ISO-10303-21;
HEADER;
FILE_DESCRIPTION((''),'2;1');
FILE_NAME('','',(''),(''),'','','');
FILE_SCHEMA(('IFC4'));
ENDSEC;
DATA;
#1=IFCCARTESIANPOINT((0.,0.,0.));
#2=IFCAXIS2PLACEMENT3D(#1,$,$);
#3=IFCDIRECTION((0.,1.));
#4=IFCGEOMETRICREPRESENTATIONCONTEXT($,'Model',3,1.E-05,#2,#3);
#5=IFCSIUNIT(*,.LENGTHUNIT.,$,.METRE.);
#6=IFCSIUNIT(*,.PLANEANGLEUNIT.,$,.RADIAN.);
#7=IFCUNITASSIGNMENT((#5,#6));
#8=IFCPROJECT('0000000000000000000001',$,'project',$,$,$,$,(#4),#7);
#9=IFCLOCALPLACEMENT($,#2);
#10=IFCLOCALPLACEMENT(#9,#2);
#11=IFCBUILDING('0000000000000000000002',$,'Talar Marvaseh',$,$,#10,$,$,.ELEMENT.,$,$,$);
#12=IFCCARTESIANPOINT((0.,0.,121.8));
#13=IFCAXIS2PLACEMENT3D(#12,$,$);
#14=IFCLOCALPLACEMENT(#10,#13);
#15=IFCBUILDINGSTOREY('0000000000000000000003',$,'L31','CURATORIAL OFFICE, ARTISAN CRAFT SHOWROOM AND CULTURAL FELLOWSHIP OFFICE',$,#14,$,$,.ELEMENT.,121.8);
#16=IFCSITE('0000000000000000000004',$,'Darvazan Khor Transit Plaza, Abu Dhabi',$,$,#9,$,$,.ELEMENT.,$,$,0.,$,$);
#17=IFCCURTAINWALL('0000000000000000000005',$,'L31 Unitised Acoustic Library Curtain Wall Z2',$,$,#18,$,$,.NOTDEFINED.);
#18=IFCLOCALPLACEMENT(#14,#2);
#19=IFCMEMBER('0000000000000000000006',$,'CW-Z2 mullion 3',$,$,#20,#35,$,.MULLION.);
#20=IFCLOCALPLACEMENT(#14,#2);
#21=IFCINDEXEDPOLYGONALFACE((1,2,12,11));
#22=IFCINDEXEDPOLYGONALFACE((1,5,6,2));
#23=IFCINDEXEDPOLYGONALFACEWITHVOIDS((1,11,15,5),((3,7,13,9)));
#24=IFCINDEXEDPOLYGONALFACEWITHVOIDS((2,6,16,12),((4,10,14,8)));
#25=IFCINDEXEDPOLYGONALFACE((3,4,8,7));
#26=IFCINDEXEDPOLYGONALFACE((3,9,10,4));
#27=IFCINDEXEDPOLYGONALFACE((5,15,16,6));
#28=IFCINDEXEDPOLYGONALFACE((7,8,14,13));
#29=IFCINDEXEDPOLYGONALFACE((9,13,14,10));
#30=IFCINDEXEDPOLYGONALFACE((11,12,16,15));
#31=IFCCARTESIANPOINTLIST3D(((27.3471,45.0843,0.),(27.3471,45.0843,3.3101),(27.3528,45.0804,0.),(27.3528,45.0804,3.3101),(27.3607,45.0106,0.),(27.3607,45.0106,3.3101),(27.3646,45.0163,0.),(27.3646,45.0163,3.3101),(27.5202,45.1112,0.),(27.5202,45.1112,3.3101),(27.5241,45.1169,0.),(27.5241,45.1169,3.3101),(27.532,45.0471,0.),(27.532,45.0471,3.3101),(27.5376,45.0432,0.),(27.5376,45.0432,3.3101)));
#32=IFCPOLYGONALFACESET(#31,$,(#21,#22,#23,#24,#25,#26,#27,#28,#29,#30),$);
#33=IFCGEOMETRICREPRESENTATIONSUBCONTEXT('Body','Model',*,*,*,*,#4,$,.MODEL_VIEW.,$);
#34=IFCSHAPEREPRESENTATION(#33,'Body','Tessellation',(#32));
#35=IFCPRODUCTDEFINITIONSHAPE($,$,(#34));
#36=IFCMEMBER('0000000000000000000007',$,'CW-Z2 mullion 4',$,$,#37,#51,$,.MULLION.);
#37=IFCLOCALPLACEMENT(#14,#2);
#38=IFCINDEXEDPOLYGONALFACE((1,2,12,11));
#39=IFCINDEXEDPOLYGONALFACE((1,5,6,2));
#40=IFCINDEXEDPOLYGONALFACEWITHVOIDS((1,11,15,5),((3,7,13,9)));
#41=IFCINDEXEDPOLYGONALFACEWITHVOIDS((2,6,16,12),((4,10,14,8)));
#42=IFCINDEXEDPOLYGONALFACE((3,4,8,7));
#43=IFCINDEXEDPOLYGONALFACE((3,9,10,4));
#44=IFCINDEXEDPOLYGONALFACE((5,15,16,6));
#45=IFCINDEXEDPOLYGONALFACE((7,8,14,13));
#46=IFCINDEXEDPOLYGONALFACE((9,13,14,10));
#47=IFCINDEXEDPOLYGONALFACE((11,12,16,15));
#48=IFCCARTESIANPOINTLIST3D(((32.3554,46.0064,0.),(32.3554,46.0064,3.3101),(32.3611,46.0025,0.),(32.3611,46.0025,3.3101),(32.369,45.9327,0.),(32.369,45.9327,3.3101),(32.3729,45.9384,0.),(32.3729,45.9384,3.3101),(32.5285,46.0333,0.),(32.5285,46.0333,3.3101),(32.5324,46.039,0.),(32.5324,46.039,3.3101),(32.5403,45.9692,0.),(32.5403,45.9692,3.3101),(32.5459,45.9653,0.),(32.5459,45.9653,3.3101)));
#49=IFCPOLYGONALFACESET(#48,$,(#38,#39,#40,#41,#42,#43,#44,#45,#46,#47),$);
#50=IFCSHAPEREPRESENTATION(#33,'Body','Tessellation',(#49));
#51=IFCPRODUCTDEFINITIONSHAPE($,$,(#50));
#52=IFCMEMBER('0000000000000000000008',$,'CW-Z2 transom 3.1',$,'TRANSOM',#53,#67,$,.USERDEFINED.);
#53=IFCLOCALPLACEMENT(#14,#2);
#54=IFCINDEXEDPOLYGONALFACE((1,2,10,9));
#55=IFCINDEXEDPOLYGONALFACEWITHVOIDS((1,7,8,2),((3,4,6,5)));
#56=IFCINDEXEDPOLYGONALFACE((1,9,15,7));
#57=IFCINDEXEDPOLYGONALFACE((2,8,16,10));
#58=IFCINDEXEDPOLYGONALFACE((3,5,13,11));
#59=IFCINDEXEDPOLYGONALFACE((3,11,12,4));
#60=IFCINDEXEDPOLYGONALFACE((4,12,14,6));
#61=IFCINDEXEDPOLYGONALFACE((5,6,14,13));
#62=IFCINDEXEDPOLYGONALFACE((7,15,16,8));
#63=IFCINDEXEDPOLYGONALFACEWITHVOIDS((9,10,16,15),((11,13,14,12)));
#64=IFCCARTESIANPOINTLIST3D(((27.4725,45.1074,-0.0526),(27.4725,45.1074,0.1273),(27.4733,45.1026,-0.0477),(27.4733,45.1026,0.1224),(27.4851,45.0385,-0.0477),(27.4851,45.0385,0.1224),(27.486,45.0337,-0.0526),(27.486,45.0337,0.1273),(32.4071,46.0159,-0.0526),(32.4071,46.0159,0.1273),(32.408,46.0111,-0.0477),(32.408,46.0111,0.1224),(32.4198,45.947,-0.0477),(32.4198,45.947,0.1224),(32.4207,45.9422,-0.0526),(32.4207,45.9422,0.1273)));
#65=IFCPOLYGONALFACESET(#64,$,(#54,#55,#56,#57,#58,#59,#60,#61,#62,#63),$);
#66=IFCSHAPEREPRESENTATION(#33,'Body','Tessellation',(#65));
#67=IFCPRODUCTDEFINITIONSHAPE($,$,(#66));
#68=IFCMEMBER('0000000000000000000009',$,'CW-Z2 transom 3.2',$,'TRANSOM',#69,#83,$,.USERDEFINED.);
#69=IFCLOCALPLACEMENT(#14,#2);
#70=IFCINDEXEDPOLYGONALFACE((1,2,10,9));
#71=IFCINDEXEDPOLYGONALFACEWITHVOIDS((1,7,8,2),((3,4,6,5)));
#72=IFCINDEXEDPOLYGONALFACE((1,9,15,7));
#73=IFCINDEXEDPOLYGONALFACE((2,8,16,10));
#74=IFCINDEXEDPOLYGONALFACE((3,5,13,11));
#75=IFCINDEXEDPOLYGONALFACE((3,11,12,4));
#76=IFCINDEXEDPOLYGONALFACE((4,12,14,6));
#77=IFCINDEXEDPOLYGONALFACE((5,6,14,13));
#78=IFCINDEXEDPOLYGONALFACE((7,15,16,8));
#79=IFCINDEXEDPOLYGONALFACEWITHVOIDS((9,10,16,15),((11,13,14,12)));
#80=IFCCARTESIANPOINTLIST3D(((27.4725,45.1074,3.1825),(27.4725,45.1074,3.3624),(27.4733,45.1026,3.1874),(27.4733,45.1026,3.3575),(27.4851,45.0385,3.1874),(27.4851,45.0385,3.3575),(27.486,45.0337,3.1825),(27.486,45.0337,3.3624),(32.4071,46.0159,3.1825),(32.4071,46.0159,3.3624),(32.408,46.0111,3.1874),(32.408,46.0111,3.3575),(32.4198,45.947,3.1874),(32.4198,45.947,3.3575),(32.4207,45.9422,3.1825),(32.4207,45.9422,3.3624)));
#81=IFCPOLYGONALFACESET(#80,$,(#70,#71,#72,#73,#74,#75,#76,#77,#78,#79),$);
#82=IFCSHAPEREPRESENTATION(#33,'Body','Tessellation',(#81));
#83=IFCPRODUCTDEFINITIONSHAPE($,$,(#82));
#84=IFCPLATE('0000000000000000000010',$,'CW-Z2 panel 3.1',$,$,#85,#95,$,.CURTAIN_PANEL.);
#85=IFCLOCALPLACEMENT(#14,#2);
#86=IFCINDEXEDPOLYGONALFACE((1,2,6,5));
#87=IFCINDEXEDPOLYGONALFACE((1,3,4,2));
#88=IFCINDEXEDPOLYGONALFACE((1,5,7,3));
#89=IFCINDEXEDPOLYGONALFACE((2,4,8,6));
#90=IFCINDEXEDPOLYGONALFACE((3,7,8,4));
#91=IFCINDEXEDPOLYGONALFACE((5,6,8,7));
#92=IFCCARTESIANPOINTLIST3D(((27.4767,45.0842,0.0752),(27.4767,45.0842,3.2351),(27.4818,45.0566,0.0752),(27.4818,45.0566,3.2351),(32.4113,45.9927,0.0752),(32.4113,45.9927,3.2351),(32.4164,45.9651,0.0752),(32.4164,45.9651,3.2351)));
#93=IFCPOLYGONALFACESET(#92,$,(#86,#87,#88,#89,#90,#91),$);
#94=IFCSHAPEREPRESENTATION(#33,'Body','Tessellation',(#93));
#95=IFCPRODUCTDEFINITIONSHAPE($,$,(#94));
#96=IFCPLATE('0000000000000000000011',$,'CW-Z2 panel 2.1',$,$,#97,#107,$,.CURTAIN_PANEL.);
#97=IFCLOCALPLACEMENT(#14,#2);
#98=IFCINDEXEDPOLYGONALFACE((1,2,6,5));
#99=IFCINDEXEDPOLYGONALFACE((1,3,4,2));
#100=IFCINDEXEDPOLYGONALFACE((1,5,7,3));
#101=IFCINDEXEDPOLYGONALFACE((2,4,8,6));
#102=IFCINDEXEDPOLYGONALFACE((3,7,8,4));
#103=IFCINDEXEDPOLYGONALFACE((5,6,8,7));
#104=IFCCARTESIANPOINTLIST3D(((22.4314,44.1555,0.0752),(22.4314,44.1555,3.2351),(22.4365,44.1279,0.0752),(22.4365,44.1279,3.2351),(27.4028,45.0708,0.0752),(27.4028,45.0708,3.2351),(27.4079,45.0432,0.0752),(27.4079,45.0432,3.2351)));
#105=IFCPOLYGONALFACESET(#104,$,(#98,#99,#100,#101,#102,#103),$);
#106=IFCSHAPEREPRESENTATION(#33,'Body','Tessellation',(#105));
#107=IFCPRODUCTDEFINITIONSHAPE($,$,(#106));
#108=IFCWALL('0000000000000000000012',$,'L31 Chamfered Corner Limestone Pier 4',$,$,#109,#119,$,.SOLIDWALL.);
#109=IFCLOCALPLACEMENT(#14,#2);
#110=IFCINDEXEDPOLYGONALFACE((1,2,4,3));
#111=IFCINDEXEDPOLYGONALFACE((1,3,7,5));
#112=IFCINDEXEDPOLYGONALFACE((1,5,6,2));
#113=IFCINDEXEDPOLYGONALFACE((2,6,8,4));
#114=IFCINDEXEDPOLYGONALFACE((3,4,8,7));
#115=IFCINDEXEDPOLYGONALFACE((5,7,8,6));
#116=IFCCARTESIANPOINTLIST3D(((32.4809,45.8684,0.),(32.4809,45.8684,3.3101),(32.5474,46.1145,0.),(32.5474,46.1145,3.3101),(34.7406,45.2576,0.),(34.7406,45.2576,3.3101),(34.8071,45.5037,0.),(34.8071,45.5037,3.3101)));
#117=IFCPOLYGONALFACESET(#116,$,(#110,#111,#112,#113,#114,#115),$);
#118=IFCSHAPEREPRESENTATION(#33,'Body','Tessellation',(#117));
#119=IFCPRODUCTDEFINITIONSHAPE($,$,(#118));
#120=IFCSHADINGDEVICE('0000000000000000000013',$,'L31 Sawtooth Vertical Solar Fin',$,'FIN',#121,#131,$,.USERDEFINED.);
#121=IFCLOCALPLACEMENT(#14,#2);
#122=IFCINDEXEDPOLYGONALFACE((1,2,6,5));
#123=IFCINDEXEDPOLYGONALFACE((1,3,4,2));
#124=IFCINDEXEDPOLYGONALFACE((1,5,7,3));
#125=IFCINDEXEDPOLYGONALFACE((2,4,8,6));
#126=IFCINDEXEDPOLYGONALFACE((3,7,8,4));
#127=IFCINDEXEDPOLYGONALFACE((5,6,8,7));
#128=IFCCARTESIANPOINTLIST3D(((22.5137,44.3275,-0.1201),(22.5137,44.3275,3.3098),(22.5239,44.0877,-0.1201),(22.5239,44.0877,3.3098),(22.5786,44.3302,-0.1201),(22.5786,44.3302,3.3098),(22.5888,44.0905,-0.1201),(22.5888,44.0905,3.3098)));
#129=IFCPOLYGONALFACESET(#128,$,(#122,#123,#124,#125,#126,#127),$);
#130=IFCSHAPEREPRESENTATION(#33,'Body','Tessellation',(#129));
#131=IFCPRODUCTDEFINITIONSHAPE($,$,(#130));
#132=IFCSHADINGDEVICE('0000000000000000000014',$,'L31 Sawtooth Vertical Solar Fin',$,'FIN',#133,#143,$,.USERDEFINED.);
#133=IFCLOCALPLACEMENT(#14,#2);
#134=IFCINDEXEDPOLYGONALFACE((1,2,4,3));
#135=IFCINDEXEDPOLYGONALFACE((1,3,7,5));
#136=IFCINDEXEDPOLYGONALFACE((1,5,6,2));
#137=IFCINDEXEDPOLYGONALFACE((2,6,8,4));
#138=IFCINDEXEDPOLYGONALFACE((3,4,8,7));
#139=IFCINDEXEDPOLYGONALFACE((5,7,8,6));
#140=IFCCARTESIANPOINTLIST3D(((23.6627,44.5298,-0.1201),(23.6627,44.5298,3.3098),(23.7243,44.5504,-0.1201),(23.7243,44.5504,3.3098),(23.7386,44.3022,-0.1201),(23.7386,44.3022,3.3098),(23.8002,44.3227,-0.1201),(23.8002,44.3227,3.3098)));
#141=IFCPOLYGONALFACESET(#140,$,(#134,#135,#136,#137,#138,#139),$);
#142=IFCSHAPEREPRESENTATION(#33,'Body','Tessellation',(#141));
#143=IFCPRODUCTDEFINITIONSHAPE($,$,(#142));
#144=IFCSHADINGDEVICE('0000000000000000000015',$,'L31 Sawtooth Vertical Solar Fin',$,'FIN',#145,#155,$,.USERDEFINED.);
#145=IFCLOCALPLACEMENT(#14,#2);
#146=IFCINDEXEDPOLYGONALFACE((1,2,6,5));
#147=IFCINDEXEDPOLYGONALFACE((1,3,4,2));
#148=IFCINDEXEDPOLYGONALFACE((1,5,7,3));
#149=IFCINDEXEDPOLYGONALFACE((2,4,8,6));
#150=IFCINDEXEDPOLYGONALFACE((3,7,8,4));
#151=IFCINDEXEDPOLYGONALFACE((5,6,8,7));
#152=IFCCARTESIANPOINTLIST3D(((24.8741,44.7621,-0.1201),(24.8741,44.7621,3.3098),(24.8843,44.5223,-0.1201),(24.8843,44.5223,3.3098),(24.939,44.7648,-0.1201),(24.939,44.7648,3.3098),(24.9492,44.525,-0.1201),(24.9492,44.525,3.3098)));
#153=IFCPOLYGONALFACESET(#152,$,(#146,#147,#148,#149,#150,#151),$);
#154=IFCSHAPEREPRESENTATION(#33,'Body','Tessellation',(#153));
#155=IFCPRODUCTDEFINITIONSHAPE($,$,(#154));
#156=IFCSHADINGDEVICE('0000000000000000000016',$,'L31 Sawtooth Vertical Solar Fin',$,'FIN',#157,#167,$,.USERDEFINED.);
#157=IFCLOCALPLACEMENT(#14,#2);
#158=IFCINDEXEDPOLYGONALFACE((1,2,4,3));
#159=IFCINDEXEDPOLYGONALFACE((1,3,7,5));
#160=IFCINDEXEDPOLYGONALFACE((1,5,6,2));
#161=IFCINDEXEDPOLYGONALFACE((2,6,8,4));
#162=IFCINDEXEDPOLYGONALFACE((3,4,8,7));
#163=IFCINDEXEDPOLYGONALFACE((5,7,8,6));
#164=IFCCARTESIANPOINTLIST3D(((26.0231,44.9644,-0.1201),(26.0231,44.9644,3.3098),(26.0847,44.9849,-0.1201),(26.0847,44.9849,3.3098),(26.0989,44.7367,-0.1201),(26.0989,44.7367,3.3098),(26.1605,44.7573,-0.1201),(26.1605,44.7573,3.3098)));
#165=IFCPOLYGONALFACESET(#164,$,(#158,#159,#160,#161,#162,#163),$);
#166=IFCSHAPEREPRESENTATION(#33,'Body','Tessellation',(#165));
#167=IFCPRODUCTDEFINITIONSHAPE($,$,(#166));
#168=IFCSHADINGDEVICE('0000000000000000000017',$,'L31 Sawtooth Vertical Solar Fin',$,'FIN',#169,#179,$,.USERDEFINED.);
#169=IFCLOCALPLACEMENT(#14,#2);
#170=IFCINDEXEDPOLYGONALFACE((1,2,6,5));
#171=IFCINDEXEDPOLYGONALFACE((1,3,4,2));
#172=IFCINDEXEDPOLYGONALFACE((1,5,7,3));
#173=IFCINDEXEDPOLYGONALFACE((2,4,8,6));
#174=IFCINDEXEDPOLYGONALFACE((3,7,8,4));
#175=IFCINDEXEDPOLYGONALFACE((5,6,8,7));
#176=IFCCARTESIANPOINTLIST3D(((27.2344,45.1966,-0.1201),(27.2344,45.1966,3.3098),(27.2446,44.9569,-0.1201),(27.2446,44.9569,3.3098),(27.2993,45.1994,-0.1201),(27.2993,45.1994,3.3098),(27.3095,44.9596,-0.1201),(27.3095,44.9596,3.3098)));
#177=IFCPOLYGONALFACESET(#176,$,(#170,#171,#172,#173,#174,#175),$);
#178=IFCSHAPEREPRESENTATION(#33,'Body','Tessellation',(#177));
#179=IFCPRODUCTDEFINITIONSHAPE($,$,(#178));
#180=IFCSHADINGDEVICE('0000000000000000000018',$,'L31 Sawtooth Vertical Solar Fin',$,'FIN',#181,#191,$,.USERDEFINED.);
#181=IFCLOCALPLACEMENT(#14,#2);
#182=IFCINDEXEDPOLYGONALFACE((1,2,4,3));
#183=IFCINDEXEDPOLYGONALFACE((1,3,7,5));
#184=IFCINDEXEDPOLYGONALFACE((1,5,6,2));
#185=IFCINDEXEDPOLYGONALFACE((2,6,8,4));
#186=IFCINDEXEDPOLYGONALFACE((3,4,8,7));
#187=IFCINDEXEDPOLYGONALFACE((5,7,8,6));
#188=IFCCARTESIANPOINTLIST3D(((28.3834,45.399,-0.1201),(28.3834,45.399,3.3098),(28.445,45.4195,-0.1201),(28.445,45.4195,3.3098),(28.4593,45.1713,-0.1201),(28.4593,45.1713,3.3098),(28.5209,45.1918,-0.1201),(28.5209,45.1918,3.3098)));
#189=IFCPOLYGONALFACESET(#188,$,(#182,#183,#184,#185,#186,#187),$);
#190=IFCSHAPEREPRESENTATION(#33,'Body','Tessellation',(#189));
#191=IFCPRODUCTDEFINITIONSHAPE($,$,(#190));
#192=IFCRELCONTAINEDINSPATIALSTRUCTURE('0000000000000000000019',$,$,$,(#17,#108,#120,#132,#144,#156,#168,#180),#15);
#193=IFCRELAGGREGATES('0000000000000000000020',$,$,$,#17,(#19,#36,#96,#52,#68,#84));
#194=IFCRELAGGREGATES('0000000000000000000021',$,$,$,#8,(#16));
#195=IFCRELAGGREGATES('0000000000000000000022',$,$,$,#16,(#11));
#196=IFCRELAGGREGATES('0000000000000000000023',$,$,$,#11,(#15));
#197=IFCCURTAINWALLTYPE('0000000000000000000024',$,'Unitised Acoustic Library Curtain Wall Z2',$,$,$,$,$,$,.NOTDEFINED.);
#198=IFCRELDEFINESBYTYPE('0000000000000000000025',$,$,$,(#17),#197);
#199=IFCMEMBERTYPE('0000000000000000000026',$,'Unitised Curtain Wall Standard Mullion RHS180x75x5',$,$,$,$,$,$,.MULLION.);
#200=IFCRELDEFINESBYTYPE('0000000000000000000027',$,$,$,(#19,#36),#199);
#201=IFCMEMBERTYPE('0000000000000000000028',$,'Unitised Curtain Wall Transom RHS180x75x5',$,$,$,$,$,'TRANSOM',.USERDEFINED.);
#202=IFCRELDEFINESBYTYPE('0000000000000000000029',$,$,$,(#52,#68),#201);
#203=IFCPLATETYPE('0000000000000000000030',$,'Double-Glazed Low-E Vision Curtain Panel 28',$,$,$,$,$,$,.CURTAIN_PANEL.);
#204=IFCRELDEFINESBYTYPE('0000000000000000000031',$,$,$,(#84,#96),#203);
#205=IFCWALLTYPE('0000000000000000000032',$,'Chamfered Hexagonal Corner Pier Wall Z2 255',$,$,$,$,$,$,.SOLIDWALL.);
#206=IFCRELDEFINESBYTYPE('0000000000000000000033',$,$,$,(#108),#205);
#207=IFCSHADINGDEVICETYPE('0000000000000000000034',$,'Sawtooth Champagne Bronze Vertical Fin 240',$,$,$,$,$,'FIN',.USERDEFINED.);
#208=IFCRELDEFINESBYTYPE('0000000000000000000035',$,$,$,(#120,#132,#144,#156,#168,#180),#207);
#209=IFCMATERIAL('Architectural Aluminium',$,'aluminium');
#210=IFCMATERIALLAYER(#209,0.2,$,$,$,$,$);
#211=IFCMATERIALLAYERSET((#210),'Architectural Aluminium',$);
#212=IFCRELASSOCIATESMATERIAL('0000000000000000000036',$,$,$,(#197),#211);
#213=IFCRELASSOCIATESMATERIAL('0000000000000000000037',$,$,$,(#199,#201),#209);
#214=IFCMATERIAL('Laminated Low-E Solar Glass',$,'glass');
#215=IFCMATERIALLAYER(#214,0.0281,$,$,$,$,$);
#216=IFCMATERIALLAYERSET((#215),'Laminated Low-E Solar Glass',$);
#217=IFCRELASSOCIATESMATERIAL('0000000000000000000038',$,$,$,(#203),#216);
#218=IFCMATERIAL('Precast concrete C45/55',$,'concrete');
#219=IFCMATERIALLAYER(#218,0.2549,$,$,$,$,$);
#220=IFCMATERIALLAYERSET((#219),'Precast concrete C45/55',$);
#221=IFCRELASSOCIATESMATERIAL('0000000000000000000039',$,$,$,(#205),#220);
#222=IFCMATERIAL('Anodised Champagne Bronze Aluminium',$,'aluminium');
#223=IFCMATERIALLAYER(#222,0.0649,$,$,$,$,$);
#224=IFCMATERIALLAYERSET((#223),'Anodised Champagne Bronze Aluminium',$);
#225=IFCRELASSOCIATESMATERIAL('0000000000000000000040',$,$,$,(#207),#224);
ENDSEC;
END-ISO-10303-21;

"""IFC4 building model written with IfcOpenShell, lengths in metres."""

from ifc_helpers import new_model, si_unit, direction, frame, frame_2d, origin, origin_2d, place, context, subcontext, project, spatial, rectangle, hollow_rectangle, extrude, source, transform, mapped, material, layer, layer_set, material_profile, profile_set, type_object, type_shapes, element, aggregate, save


model = new_model("IFC4")

# Units and contexts
model_context = context("Model", 3, precision=1e-05, world=origin(), true_north=direction((0.0, 1.0)))
body_context = subcontext(model_context, "Body", "Model", "MODEL_VIEW")
ifc_project = project(units=[si_unit("LENGTHUNIT", "METRE"), si_unit("PLANEANGLEUNIT", "RADIAN")], contexts=[model_context])

# Site, building, storey
site_placement = place(None, origin())
site = spatial("IfcSite", under=ifc_project, at=site_placement, Name="Darvazan Khor Transit Plaza, Abu Dhabi", CompositionType="ELEMENT", RefElevation=0.0)
building_placement = place(site_placement, origin())
building = spatial("IfcBuilding", under=site, at=building_placement, Name="Talar Marvaseh", CompositionType="ELEMENT")
storey_placement = place(building_placement, frame((0.0, 0.0, 121.8)))
storey = spatial("IfcBuildingStorey", under=building, at=storey_placement, Name="L31", Description="CURATORIAL OFFICE, ARTISAN CRAFT SHOWROOM AND CULTURAL FELLOWSHIP OFFICE", CompositionType="ELEMENT", Elevation=121.8)

# Curtain wall, members, plates
ifc_material_1 = material(Name="Architectural Aluminium", Category="aluminium")
ifc_layer_1 = layer(ifc_material_1, 0.2)
ifc_layer_set_1 = layer_set([ifc_layer_1], Name="Architectural Aluminium")
curtain_wall_type = type_object("IfcCurtainWallType", Name="Unitised Acoustic Library Curtain Wall Z2", PredefinedType="NOTDEFINED", material=ifc_layer_set_1)
curtain_wall_placement = place(storey_placement, origin())
curtain_wall = element("IfcCurtainWall", 1, at=curtain_wall_placement, inside=storey, type_object=curtain_wall_type, Name="L31 Unitised Acoustic Library Curtain Wall Z2", PredefinedType="NOTDEFINED")
ifc_material_profile_1 = material_profile(ifc_material_1, hollow_rectangle(XDim=0.075, YDim=0.1799, WallThickness=0.0049, at=origin_2d()), Name="RHS180x75x5")
ifc_profile_set_1 = profile_set([ifc_material_profile_1], Name="Architectural Aluminium")
member_type_1 = type_object("IfcMemberType", Name="Unitised Curtain Wall Standard Mullion RHS180x75x5", PredefinedType="MULLION", material=ifc_profile_set_1)
shared_shape_1 = source(origin(), body_context, "Body", "SweptSolid", [
    extrude(hollow_rectangle(XDim=0.075, YDim=0.1799, WallThickness=0.0049, at=origin_2d()), origin(), (0.0, 0.0, 1.0), 3.3101),
])
type_shapes(member_type_1, [shared_shape_1])
member_1_placement = place(storey_placement, frame((27.4424, 45.0637, 0.0), z_axis=(0.0, 0.0, 1.0), x_axis=(-0.181071, 0.98347, 0.0)))
member_1 = element("IfcMember", 2, at=member_1_placement, type_object=member_type_1, Name="CW-Z2 mullion 3", PredefinedType="MULLION", context=body_context, shape_type="MappedRepresentation", body=[
    mapped(shared_shape_1, transform((0.0, 0.0, 0.0), x_axis=(1.0, 0.0, 0.0), y_axis=(0.0, 1.0, 0.0), z_axis=(0.0, 0.0, 1.0), scale=1.0)),
])
member_2_placement = place(storey_placement, frame((32.4507, 45.9858, 0.0), z_axis=(0.0, 0.0, 1.0), x_axis=(-0.181071, 0.98347, 0.0)))
member_2 = element("IfcMember", 3, at=member_2_placement, type_object=member_type_1, Name="CW-Z2 mullion 4", PredefinedType="MULLION", context=body_context, shape_type="MappedRepresentation", body=[
    mapped(shared_shape_1, transform((0.0, 0.0, 0.0), x_axis=(1.0, 0.0, 0.0), y_axis=(0.0, 1.0, 0.0), z_axis=(0.0, 0.0, 1.0), scale=1.0)),
])
ifc_material_profile_2 = material_profile(ifc_material_1, hollow_rectangle(XDim=0.075, YDim=0.1799, WallThickness=0.0049, at=origin_2d()), Name="RHS180x75x5")
ifc_profile_set_2 = profile_set([ifc_material_profile_2], Name="Architectural Aluminium")
member_type_2 = type_object("IfcMemberType", Name="Unitised Curtain Wall Transom RHS180x75x5", ElementType="TRANSOM", PredefinedType="USERDEFINED", material=ifc_profile_set_2)
shared_shape_2 = source(origin(), body_context, "Body", "SweptSolid", [
    extrude(hollow_rectangle(XDim=0.075, YDim=0.1799, WallThickness=0.0049, at=origin_2d()), origin(), (0.0, 0.0, 1.0), 5.0176),
])
type_shapes(member_type_2, [shared_shape_2])
member_3_placement = place(storey_placement, frame((27.4792, 45.0706, 0.0374), z_axis=(0.983473, 0.181056, 0.0), x_axis=(-0.181056, 0.983473, 0.0)))
member_3 = element("IfcMember", 4, at=member_3_placement, type_object=member_type_2, Name="CW-Z2 transom 3.1", ObjectType="TRANSOM", PredefinedType="USERDEFINED", context=body_context, shape_type="MappedRepresentation", body=[
    mapped(shared_shape_2, transform((0.0, 0.0, 0.0), x_axis=(1.0, 0.0, 0.0), y_axis=(0.0, 1.0, 0.0), z_axis=(0.0, 0.0, 1.0), scale=1.0)),
])
member_4_placement = place(storey_placement, frame((27.4792, 45.0706, 3.2725), z_axis=(0.983473, 0.181056, 0.0), x_axis=(-0.181056, 0.983473, 0.0)))
member_4 = element("IfcMember", 5, at=member_4_placement, type_object=member_type_2, Name="CW-Z2 transom 3.2", ObjectType="TRANSOM", PredefinedType="USERDEFINED", context=body_context, shape_type="MappedRepresentation", body=[
    mapped(shared_shape_2, transform((0.0, 0.0, 0.0), x_axis=(1.0, 0.0, 0.0), y_axis=(0.0, 1.0, 0.0), z_axis=(0.0, 0.0, 1.0), scale=1.0)),
])
ifc_material_2 = material(Name="Laminated Low-E Solar Glass", Category="glass")
ifc_layer_2 = layer(ifc_material_2, 0.0281)
ifc_layer_set_2 = layer_set([ifc_layer_2], Name="Laminated Low-E Solar Glass")
plate_type = type_object("IfcPlateType", Name="Double-Glazed Low-E Vision Curtain Panel 28", PredefinedType="CURTAIN_PANEL", material=ifc_layer_set_2)
shared_shape_3 = source(origin(), body_context, "Body", "SweptSolid", [
    extrude(rectangle(XDim=5.0176, YDim=0.0281, at=origin_2d()), origin(), (0.0, 0.0, 1.0), 3.1599),
])
plate_1_placement = place(storey_placement, frame((29.9465, 45.5247, 0.0752), z_axis=(0.0, 0.0, 1.0), x_axis=(0.98347, 0.181071, 0.0)))
plate_1 = element("IfcPlate", 6, at=plate_1_placement, type_object=plate_type, Name="CW-Z2 panel 3.1", PredefinedType="CURTAIN_PANEL", context=body_context, shape_type="MappedRepresentation", body=[
    mapped(shared_shape_3, transform((0.0, 0.0, 0.0), x_axis=(1.0, 0.0, 0.0), y_axis=(0.0, 1.0, 0.0), z_axis=(0.0, 0.0, 1.0), scale=1.0)),
])
shared_shape_4 = source(origin(), body_context, "Body", "SweptSolid", [
    extrude(rectangle(XDim=5.0549, YDim=0.0281, at=origin_2d()), origin(), (0.0, 0.0, 1.0), 3.1599),
])
type_shapes(plate_type, [shared_shape_3, shared_shape_4])
plate_2_placement = place(storey_placement, frame((24.9197, 44.5994, 0.0752), z_axis=(0.0, 0.0, 1.0), x_axis=(0.98347, 0.181071, 0.0)))
plate_2 = element("IfcPlate", 7, at=plate_2_placement, type_object=plate_type, Name="CW-Z2 panel 2.1", PredefinedType="CURTAIN_PANEL", context=body_context, shape_type="MappedRepresentation", body=[
    mapped(shared_shape_4, transform((0.0, 0.0, 0.0), x_axis=(1.0, 0.0, 0.0), y_axis=(0.0, 1.0, 0.0), z_axis=(0.0, 0.0, 1.0), scale=1.0)),
])
aggregate(curtain_wall, [member_1, member_2, plate_2, member_3, member_4, plate_1])

# Wall
ifc_material_3 = material(Name="Precast concrete C45/55", Category="concrete")
ifc_layer_3 = layer(ifc_material_3, 0.2549)
ifc_layer_set_3 = layer_set([ifc_layer_3], Name="Precast concrete C45/55")
wall_type = type_object("IfcWallType", Name="Chamfered Hexagonal Corner Pier Wall Z2 255", PredefinedType="SOLIDWALL", material=ifc_layer_set_3)
wall_placement = place(storey_placement, frame((32.5142, 45.9915, 0.0), z_axis=(0.0, 0.0, 1.0), x_axis=(0.965353, -0.260946, 0.0)))
element("IfcWall", 8, at=wall_placement, inside=storey, type_object=wall_type, Name="L31 Chamfered Corner Limestone Pier 4", PredefinedType="SOLIDWALL", context=body_context, shape_type="SweptSolid", body=[
    extrude(rectangle(XDim=2.3408, YDim=0.2549, at=frame_2d((1.1704, 0.0))), origin(), (0.0, 0.0, 1.0), 3.3101),
])

# Shading devices
ifc_material_4 = material(Name="Anodised Champagne Bronze Aluminium", Category="aluminium")
ifc_layer_4 = layer(ifc_material_4, 0.0649)
ifc_layer_set_4 = layer_set([ifc_layer_4], Name="Anodised Champagne Bronze Aluminium")
shading_device_type = type_object("IfcShadingDeviceType", Name="Sawtooth Champagne Bronze Vertical Fin 240", ElementType="FIN", PredefinedType="USERDEFINED", material=ifc_layer_set_4)
shared_shape_5 = source(origin(), body_context, "Body", "SweptSolid", [
    extrude(rectangle(XDim=0.24, YDim=0.0649, at=origin_2d()), origin(), (0.0, 0.0, 1.0), 3.4299),
])
type_shapes(shading_device_type, [shared_shape_5])
for number, where, z_axis, x_axis, name in (
    (9, (22.5513, 44.209, -0.1201), (0.0, 0.0, 1.0), (-0.042399, 0.999101, 0.0), "L31 Sawtooth Vertical Solar Fin"),
    (10, (23.7314, 44.4263, -0.1201), (0.0, 0.0, 1.0), (-0.316146, 0.948711, 0.0), "L31 Sawtooth Vertical Solar Fin"),
    (11, (24.9116, 44.6436, -0.1201), (0.0, 0.0, 1.0), (-0.042399, 0.999101, 0.0), "L31 Sawtooth Vertical Solar Fin"),
    (12, (26.0918, 44.8608, -0.1201), (0.0, 0.0, 1.0), (-0.316146, 0.948711, 0.0), "L31 Sawtooth Vertical Solar Fin"),
    (13, (27.272, 45.0781, -0.1201), (0.0, 0.0, 1.0), (-0.042399, 0.999101, 0.0), "L31 Sawtooth Vertical Solar Fin"),
    (14, (28.4521, 45.2954, -0.1201), (0.0, 0.0, 1.0), (-0.316146, 0.948711, 0.0), "L31 Sawtooth Vertical Solar Fin"),
):
    element("IfcShadingDevice", number, at=place(storey_placement, frame(where, z_axis=z_axis, x_axis=x_axis)), inside=storey, type_object=shading_device_type, Name=name, ObjectType="FIN", PredefinedType="USERDEFINED", context=body_context, shape_type="MappedRepresentation", body=[
        mapped(shared_shape_5, transform((0.0, 0.0, 0.0), x_axis=(1.0, 0.0, 0.0), y_axis=(0.0, 1.0, 0.0), z_axis=(0.0, 0.0, 1.0), scale=1.0)),
    ])

save(model, "model.ifc")
